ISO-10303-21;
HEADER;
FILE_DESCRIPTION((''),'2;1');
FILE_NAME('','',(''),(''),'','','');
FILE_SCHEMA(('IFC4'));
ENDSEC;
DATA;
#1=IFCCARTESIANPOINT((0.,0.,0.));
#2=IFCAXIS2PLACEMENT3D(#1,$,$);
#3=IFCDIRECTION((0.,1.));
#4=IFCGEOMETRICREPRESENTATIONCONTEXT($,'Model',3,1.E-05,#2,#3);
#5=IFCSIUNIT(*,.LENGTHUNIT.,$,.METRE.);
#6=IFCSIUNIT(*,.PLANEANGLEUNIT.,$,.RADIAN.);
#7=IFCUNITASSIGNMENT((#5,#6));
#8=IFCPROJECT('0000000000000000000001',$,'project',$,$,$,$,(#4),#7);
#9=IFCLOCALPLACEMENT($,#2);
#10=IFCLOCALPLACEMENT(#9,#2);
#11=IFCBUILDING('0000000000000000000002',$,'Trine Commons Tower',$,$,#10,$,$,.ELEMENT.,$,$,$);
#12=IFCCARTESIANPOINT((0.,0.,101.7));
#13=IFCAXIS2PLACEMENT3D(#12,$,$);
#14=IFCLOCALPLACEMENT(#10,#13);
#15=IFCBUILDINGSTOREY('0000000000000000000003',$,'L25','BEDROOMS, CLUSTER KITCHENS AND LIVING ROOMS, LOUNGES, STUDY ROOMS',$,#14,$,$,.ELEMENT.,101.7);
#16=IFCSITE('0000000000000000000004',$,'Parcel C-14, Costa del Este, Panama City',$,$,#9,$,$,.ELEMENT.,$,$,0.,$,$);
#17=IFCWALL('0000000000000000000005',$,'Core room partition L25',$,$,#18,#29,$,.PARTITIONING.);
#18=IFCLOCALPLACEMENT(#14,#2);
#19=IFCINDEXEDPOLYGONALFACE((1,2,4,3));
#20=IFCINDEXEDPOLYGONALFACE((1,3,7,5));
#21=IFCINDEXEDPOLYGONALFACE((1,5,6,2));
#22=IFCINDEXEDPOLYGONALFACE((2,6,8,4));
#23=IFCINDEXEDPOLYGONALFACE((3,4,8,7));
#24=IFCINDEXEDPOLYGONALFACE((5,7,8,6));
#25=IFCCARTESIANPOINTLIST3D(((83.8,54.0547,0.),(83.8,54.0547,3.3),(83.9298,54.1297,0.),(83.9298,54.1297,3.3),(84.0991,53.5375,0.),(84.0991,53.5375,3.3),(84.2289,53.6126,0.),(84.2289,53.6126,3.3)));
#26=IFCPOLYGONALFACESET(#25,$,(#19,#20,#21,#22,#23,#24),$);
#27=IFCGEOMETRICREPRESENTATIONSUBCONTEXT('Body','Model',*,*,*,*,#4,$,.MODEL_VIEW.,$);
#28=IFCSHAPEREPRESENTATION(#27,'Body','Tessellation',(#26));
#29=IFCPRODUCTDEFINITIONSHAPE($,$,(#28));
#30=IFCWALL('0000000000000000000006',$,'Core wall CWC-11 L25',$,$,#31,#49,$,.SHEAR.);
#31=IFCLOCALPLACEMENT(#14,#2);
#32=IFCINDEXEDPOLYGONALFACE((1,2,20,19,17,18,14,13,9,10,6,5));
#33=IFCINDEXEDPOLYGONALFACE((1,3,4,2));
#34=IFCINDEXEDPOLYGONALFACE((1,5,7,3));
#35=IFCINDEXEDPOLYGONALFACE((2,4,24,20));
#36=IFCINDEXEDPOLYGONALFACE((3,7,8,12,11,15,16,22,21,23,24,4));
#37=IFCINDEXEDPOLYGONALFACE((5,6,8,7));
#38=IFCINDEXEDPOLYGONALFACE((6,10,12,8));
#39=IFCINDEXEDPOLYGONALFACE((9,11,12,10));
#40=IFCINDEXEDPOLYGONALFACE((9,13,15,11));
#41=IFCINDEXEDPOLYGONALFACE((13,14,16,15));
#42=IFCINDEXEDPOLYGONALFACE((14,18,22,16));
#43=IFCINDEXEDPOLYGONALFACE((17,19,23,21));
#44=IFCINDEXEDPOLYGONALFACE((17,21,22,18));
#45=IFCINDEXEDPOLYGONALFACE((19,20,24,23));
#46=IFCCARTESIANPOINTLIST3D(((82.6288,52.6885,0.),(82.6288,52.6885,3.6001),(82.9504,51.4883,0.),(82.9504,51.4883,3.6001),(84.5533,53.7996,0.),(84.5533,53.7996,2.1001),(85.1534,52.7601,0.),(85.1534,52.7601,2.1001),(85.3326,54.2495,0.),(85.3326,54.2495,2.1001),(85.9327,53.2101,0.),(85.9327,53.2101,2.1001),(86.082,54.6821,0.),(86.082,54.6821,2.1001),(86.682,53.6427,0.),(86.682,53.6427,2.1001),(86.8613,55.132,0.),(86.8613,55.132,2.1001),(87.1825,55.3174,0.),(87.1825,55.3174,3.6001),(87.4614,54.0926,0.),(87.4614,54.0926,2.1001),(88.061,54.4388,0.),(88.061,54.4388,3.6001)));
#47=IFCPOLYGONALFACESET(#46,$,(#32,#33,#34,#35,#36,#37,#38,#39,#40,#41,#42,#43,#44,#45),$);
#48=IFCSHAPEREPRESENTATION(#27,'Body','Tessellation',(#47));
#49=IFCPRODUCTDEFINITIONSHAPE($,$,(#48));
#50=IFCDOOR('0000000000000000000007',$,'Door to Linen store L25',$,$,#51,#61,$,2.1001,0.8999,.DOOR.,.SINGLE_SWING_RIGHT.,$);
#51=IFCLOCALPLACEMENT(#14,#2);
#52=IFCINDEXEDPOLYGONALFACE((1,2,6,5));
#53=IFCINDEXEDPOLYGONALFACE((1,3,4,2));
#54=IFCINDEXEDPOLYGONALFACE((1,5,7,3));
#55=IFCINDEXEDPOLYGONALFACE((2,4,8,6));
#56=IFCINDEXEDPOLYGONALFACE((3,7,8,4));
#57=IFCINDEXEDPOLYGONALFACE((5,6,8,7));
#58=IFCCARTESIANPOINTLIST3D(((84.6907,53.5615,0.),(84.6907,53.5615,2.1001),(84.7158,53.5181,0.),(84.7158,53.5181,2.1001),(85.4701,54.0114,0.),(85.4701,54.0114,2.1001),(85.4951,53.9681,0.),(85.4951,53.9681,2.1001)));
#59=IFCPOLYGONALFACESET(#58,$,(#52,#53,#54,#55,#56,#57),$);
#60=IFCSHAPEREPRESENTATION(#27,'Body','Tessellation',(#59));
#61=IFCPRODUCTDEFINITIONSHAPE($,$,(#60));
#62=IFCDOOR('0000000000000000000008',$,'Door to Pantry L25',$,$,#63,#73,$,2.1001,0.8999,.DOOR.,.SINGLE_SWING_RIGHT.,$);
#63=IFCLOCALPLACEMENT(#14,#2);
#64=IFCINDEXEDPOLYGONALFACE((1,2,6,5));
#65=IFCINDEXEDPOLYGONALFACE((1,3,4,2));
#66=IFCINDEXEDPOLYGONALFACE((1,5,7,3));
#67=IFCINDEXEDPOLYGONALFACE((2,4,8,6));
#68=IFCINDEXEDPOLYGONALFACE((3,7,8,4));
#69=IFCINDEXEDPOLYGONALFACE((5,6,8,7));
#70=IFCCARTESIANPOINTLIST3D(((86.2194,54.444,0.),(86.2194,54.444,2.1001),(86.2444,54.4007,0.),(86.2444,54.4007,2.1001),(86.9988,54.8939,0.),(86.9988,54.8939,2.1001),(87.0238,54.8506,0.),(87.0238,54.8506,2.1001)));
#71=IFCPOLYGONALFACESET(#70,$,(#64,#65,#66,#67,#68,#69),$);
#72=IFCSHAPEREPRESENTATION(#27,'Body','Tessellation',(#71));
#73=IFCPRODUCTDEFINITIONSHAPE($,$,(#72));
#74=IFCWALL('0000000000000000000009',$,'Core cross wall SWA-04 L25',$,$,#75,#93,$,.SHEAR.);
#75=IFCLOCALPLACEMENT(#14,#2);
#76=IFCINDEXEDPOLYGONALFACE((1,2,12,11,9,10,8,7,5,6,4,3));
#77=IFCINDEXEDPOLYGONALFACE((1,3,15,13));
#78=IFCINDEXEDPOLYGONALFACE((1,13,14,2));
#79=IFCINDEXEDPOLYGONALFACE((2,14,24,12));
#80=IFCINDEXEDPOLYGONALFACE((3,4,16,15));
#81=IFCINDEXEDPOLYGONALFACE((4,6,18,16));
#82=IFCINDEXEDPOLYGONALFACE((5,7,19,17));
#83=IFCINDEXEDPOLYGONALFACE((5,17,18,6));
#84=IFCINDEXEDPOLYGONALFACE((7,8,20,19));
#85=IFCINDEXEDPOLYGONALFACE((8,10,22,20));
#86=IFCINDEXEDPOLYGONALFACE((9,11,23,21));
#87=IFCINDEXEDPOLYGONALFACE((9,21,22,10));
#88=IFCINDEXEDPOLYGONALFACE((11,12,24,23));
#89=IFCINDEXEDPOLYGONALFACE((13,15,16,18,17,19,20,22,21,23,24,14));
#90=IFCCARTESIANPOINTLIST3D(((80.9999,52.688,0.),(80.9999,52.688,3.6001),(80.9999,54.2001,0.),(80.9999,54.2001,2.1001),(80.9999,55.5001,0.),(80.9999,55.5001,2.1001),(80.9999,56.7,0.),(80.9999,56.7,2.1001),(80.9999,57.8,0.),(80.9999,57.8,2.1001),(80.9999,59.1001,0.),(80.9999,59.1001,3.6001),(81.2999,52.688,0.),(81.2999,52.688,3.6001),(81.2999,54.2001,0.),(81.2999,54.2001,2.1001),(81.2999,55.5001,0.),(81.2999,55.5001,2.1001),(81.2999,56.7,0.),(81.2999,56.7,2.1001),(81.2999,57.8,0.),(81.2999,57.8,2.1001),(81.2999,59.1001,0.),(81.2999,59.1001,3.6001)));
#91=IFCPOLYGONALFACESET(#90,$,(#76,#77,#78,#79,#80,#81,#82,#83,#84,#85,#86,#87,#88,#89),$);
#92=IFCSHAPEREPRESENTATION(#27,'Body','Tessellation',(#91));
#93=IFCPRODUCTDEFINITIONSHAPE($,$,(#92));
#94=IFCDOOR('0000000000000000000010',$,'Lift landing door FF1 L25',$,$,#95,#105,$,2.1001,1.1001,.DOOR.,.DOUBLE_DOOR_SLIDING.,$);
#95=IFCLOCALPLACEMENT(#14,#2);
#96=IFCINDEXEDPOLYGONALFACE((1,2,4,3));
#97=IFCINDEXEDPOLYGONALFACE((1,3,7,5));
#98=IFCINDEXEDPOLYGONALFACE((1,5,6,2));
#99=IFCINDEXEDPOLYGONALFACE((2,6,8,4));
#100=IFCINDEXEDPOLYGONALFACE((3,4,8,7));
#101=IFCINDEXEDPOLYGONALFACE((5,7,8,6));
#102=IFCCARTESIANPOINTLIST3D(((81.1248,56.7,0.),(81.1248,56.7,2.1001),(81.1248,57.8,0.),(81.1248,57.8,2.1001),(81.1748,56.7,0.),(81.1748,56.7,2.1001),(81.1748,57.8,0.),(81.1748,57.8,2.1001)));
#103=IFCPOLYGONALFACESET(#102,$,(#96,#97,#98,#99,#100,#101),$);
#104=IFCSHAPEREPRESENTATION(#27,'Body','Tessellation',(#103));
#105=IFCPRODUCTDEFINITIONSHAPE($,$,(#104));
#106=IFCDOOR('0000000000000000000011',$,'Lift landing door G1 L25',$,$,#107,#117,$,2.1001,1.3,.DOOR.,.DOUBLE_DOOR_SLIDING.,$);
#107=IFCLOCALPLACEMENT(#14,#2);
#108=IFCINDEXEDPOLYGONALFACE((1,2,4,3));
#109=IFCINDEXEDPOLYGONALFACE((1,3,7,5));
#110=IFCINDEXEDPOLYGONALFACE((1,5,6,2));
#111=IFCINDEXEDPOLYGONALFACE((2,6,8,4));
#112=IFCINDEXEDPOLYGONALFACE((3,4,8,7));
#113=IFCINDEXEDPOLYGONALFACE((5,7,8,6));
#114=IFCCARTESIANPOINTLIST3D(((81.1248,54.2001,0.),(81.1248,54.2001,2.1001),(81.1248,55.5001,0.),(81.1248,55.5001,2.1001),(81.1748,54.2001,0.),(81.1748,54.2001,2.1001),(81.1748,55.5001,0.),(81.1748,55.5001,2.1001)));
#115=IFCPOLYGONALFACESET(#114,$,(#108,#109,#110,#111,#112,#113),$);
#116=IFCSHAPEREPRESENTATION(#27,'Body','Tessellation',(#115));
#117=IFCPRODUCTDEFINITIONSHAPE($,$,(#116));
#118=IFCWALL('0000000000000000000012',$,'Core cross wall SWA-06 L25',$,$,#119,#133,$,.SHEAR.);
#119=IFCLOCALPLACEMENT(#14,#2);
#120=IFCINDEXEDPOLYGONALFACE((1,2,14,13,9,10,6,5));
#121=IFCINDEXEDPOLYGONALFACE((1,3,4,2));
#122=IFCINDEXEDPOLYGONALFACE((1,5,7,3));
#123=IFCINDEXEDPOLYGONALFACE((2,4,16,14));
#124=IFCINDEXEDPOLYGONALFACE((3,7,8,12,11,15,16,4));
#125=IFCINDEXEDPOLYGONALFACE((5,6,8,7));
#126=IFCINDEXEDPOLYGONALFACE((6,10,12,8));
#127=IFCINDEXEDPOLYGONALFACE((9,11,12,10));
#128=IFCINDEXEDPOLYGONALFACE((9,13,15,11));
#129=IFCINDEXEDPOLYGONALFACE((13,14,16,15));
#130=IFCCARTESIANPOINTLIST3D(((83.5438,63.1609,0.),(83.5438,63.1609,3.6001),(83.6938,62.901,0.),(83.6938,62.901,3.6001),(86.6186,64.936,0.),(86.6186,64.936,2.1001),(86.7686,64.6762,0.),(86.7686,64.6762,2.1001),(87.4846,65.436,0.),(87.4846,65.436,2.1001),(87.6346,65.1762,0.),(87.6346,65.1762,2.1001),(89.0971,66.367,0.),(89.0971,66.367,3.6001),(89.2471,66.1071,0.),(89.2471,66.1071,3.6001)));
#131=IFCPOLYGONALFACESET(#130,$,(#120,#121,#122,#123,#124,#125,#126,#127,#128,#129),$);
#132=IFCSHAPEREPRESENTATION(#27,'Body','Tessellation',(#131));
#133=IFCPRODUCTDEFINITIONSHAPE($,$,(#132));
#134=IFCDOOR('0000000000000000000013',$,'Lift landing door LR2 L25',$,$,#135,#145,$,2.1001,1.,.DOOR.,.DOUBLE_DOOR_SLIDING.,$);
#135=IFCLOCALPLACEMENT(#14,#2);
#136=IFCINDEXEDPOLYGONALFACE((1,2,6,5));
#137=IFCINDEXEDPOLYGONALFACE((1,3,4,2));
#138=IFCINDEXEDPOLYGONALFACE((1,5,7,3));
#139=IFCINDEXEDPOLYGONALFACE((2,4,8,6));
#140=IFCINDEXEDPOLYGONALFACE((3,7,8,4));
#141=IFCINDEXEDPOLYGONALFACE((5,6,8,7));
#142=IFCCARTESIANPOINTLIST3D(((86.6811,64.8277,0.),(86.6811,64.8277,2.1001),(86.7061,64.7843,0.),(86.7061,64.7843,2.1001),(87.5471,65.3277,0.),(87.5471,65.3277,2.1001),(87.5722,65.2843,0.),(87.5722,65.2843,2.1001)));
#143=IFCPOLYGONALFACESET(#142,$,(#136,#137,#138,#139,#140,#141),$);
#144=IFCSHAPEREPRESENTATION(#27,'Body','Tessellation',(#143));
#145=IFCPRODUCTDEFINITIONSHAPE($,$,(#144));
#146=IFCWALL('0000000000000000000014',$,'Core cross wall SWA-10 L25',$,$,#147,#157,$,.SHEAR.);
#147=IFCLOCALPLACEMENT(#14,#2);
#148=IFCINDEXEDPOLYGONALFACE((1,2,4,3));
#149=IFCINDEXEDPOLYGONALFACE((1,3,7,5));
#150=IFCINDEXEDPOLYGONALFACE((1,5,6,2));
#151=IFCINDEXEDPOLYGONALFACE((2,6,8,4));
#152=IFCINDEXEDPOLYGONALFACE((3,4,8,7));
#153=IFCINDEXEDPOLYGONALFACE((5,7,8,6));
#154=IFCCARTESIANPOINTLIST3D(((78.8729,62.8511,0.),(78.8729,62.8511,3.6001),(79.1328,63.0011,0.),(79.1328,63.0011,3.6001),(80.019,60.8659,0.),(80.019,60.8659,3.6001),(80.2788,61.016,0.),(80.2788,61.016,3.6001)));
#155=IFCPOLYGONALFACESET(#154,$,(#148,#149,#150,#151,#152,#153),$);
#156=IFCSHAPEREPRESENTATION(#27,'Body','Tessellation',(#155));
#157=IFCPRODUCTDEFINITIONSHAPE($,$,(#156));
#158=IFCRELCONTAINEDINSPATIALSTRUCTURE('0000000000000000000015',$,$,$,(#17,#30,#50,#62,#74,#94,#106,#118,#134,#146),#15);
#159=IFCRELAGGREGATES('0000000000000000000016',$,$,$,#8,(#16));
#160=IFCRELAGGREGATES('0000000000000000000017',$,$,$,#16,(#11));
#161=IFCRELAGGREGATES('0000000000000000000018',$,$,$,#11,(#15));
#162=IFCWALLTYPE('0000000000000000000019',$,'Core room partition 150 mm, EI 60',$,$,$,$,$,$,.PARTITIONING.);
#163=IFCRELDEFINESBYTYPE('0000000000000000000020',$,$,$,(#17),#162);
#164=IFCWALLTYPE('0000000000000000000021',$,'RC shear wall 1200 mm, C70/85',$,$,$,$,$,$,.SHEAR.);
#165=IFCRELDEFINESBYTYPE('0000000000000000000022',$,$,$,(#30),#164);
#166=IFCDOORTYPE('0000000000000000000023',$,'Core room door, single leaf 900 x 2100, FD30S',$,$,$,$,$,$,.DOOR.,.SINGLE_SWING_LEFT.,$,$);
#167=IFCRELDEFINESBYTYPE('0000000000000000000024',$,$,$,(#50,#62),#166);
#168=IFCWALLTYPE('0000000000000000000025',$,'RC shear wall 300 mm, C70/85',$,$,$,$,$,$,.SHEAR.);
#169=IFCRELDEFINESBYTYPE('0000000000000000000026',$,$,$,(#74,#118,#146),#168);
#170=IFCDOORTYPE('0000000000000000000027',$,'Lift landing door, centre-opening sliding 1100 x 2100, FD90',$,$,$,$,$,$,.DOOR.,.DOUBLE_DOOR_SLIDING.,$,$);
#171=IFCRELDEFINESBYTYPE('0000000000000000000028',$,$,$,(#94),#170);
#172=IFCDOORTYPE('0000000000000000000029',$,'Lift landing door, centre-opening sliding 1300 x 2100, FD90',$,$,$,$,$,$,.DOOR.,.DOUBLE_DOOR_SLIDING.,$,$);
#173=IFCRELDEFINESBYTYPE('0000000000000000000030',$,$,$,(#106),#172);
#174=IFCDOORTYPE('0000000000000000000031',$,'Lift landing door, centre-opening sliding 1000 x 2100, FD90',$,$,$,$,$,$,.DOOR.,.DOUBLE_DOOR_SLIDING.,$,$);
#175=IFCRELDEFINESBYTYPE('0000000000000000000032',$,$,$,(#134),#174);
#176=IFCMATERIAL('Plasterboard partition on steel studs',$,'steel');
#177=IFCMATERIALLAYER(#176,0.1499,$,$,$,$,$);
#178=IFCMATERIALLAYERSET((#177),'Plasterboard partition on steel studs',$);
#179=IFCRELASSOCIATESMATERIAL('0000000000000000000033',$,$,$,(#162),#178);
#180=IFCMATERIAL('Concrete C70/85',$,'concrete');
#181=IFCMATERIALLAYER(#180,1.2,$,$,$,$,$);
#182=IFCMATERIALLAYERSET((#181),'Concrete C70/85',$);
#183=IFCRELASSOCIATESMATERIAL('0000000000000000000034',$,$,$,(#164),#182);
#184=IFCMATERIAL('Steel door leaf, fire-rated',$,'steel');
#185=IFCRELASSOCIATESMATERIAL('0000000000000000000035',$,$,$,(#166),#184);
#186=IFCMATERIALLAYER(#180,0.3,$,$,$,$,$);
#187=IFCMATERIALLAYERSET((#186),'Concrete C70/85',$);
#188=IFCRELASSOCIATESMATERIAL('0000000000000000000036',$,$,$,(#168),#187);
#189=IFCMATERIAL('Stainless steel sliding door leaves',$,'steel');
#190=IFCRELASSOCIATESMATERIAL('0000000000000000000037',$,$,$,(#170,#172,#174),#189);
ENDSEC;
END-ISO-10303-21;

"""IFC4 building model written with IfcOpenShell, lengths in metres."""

from ifc_helpers import new_model, si_unit, direction, frame, frame_2d, origin, place, context, subcontext, project, spatial, polyline, rectangle, outline, extrude, material, layer, layer_set, type_object, element, fill, save


model = new_model("IFC4")

# Units and contexts
model_context = context("Model", 3, precision=1e-05, world=origin(), true_north=direction((0.0, 1.0)))
body_context = subcontext(model_context, "Body", "Model", "MODEL_VIEW")
ifc_project = project(units=[si_unit("LENGTHUNIT", "METRE"), si_unit("PLANEANGLEUNIT", "RADIAN")], contexts=[model_context])

# Site, building, storey
site_placement = place(None, origin())
site = spatial("IfcSite", under=ifc_project, at=site_placement, Name="Parcel C-14, Costa del Este, Panama City", CompositionType="ELEMENT", RefElevation=0.0)
building_placement = place(site_placement, origin())
building = spatial("IfcBuilding", under=site, at=building_placement, Name="Trine Commons Tower", CompositionType="ELEMENT")
storey_placement = place(building_placement, frame((0.0, 0.0, 101.7)))
storey = spatial("IfcBuildingStorey", under=building, at=storey_placement, Name="L25", Description="BEDROOMS, CLUSTER KITCHENS AND LIVING ROOMS, LOUNGES, STUDY ROOMS", CompositionType="ELEMENT", Elevation=101.7)

# Wall
ifc_material_1 = material(Name="Plasterboard partition on steel studs", Category="steel")
ifc_layer_1 = layer(ifc_material_1, 0.1499)
ifc_layer_set_1 = layer_set([ifc_layer_1], Name="Plasterboard partition on steel studs")
wall_type_1 = type_object("IfcWallType", Name="Core room partition 150 mm, EI 60", PredefinedType="PARTITIONING", material=ifc_layer_set_1)
wall_1_placement = place(storey_placement, frame((84.1641, 53.575, 0.0), z_axis=(0.0, 0.0, 1.0), x_axis=(-0.500666, 0.865641, 0.0)))
element("IfcWall", 1, at=wall_1_placement, inside=storey, type_object=wall_type_1, Name="Core room partition L25", PredefinedType="PARTITIONING", context=body_context, shape_type="SweptSolid", body=[
    extrude(rectangle(XDim=0.5974, YDim=0.1499, at=frame_2d((0.2988, 0.0))), origin(), (0.0, 0.0, 1.0), 3.3),
])

# Walls, openings, doors
ifc_material_2 = material(Name="Concrete C70/85", Category="concrete")
ifc_layer_2 = layer(ifc_material_2, 1.2)
ifc_layer_set_2 = layer_set([ifc_layer_2], Name="Concrete C70/85")
wall_type_2 = type_object("IfcWallType", Name="RC shear wall 1200 mm, C70/85", PredefinedType="SHEAR", material=ifc_layer_set_2)
wall_2_placement = place(storey_placement, frame((82.6504, 52.0081, 0.0), z_axis=(0.0, 0.0, 1.0), x_axis=(0.866037, 0.499979, 0.0)))
wall_2 = element("IfcWall", 2, at=wall_2_placement, inside=storey, type_object=wall_type_2, Name="Core wall CWC-11 L25", PredefinedType="SHEAR", context=body_context, shape_type="SweptSolid", body=[
    extrude(outline(polyline([(0.0, -0.6001), (5.9011, -0.6001), (5.5796, 0.6001), (0.3215, 0.6001), (0.0, -0.6001)])), origin(), (0.0, 0.0, 1.0), 3.6001),
])
opening_1_placement = place(wall_2_placement, frame((2.5437, 0.0, 0.0)))
opening_1 = element("IfcOpeningElement", 3, at=opening_1_placement, cuts=wall_2, PredefinedType="OPENING", context=body_context, shape_type="SweptSolid", body=[
    extrude(rectangle(XDim=0.8999, YDim=2.1001, at=frame_2d((0.45, 1.05))), frame((0.0, 0.6099, 0.0), z_axis=(0.0, -1.0, 0.0), x_axis=(1.0, 0.0, 0.0)), (0.0, 0.0, 1.0), 1.22),
])
opening_2_placement = place(wall_2_placement, frame((4.3088, 0.0, 0.0)))
opening_2 = element("IfcOpeningElement", 4, at=opening_2_placement, cuts=wall_2, PredefinedType="OPENING", context=body_context, shape_type="SweptSolid", body=[
    extrude(rectangle(XDim=0.8999, YDim=2.1001, at=frame_2d((0.45, 1.05))), frame((0.0, 0.6099, 0.0), z_axis=(0.0, -1.0, 0.0), x_axis=(1.0, 0.0, 0.0)), (0.0, 0.0, 1.0), 1.22),
])
ifc_material_3 = material(Name="Steel door leaf, fire-rated", Category="steel")
door_type_1 = type_object("IfcDoorType", Name="Core room door, single leaf 900 x 2100, FD30S", OperationType="SINGLE_SWING_LEFT", PredefinedType="DOOR", material=ifc_material_3)
door_1_placement = place(opening_1_placement, origin())
door_1 = element("IfcDoor", 5, at=door_1_placement, inside=storey, type_object=door_type_1, Name="Door to Linen store L25", OperationType="SINGLE_SWING_RIGHT", OverallHeight=2.1001, OverallWidth=0.8999, PredefinedType="DOOR", context=body_context, shape_type="SweptSolid", body=[
    extrude(rectangle(XDim=0.8999, YDim=2.1001, at=frame_2d((0.45, 1.05))), frame((0.0, 0.3252, 0.0), z_axis=(0.0, -1.0, 0.0), x_axis=(1.0, 0.0, 0.0)), (0.0, 0.0, 1.0), 0.05),
])
fill(opening_1, door_1)
door_2_placement = place(opening_2_placement, origin())
door_2 = element("IfcDoor", 6, at=door_2_placement, inside=storey, type_object=door_type_1, Name="Door to Pantry L25", OperationType="SINGLE_SWING_RIGHT", OverallHeight=2.1001, OverallWidth=0.8999, PredefinedType="DOOR", context=body_context, shape_type="SweptSolid", body=[
    extrude(rectangle(XDim=0.8999, YDim=2.1001, at=frame_2d((0.45, 1.05))), frame((0.0, 0.3252, 0.0), z_axis=(0.0, -1.0, 0.0), x_axis=(1.0, 0.0, 0.0)), (0.0, 0.0, 1.0), 0.05),
])
fill(opening_2, door_2)
ifc_layer_3 = layer(ifc_material_2, 0.3)
ifc_layer_set_3 = layer_set([ifc_layer_3], Name="Concrete C70/85")
wall_type_3 = type_object("IfcWallType", Name="RC shear wall 300 mm, C70/85", PredefinedType="SHEAR", material=ifc_layer_set_3)
wall_3_placement = place(storey_placement, frame((81.1499, 59.1001, 0.0), z_axis=(0.0, 0.0, 1.0), x_axis=(0.0, -1.0, 0.0)))
wall_3 = element("IfcWall", 7, at=wall_3_placement, inside=storey, type_object=wall_type_3, Name="Core cross wall SWA-04 L25", PredefinedType="SHEAR", context=body_context, shape_type="SweptSolid", body=[
    extrude(rectangle(XDim=6.4121, YDim=0.3, at=frame_2d((3.2061, 0.0))), origin(), (0.0, 0.0, 1.0), 3.6001),
])
opening_3_placement = place(wall_3_placement, frame((3.6001, 0.0, 0.0)))
opening_3 = element("IfcOpeningElement", 8, at=opening_3_placement, cuts=wall_3, PredefinedType="OPENING", context=body_context, shape_type="SweptSolid", body=[
    extrude(rectangle(XDim=1.3, YDim=2.1001, at=frame_2d((0.6499, 1.05))), frame((0.0, 0.1599, 0.0), z_axis=(0.0, -1.0, 0.0), x_axis=(1.0, 0.0, 0.0)), (0.0, 0.0, 1.0), 0.3201),
])
opening_4_placement = place(wall_3_placement, frame((1.3, 0.0, 0.0)))
opening_4 = element("IfcOpeningElement", 9, at=opening_4_placement, cuts=wall_3, PredefinedType="OPENING", context=body_context, shape_type="SweptSolid", body=[
    extrude(rectangle(XDim=1.1001, YDim=2.1001, at=frame_2d((0.55, 1.05))), frame((0.0, 0.1599, 0.0), z_axis=(0.0, -1.0, 0.0), x_axis=(1.0, 0.0, 0.0)), (0.0, 0.0, 1.0), 0.3201),
])
ifc_material_4 = material(Name="Stainless steel sliding door leaves", Category="steel")
door_type_2 = type_object("IfcDoorType", Name="Lift landing door, centre-opening sliding 1100 x 2100, FD90", OperationType="DOUBLE_DOOR_SLIDING", PredefinedType="DOOR", material=ifc_material_4)
door_3_placement = place(opening_4_placement, origin())
door_3 = element("IfcDoor", 10, at=door_3_placement, inside=storey, type_object=door_type_2, Name="Lift landing door FF1 L25", OperationType="DOUBLE_DOOR_SLIDING", OverallHeight=2.1001, OverallWidth=1.1001, PredefinedType="DOOR", context=body_context, shape_type="SweptSolid", body=[
    extrude(rectangle(XDim=1.1001, YDim=2.1001, at=frame_2d((0.55, 1.05))), frame((0.0, 0.0249, 0.0), z_axis=(0.0, -1.0, 0.0), x_axis=(1.0, 0.0, 0.0)), (0.0, 0.0, 1.0), 0.05),
])
fill(opening_4, door_3)
door_type_3 = type_object("IfcDoorType", Name="Lift landing door, centre-opening sliding 1300 x 2100, FD90", OperationType="DOUBLE_DOOR_SLIDING", PredefinedType="DOOR", material=ifc_material_4)
door_4_placement = place(opening_3_placement, origin())
door_4 = element("IfcDoor", 11, at=door_4_placement, inside=storey, type_object=door_type_3, Name="Lift landing door G1 L25", OperationType="DOUBLE_DOOR_SLIDING", OverallHeight=2.1001, OverallWidth=1.3, PredefinedType="DOOR", context=body_context, shape_type="SweptSolid", body=[
    extrude(rectangle(XDim=1.3, YDim=2.1001, at=frame_2d((0.6499, 1.05))), frame((0.0, 0.0249, 0.0), z_axis=(0.0, -1.0, 0.0), x_axis=(1.0, 0.0, 0.0)), (0.0, 0.0, 1.0), 0.05),
])
fill(opening_3, door_4)

# Wall, opening, door
wall_4_placement = place(storey_placement, frame((83.6189, 63.031, 0.0), z_axis=(0.0, 0.0, 1.0), x_axis=(0.866032, 0.499988, 0.0)))
wall_4 = element("IfcWall", 12, at=wall_4_placement, inside=storey, type_object=wall_type_3, Name="Core cross wall SWA-06 L25", PredefinedType="SHEAR", context=body_context, shape_type="SweptSolid", body=[
    extrude(rectangle(XDim=6.4124, YDim=0.3, at=frame_2d((3.2061, 0.0))), origin(), (0.0, 0.0, 1.0), 3.6001),
])
opening_5_placement = place(wall_4_placement, frame((3.5503, 0.0, 0.0)))
opening_5 = element("IfcOpeningElement", 13, at=opening_5_placement, cuts=wall_4, PredefinedType="OPENING", context=body_context, shape_type="SweptSolid", body=[
    extrude(rectangle(XDim=1.0, YDim=2.1001, at=frame_2d((0.5, 1.05))), frame((0.0, 0.1599, 0.0), z_axis=(0.0, -1.0, 0.0), x_axis=(1.0, 0.0, 0.0)), (0.0, 0.0, 1.0), 0.3201),
])
door_type_4 = type_object("IfcDoorType", Name="Lift landing door, centre-opening sliding 1000 x 2100, FD90", OperationType="DOUBLE_DOOR_SLIDING", PredefinedType="DOOR", material=ifc_material_4)
door_5_placement = place(opening_5_placement, origin())
door_5 = element("IfcDoor", 14, at=door_5_placement, inside=storey, type_object=door_type_4, Name="Lift landing door LR2 L25", OperationType="DOUBLE_DOOR_SLIDING", OverallHeight=2.1001, OverallWidth=1.0, PredefinedType="DOOR", context=body_context, shape_type="SweptSolid", body=[
    extrude(rectangle(XDim=1.0, YDim=2.1001, at=frame_2d((0.5, 1.05))), frame((0.0, 0.0249, 0.0), z_axis=(0.0, -1.0, 0.0), x_axis=(1.0, 0.0, 0.0)), (0.0, 0.0, 1.0), 0.05),
])
fill(opening_5, door_5)

# Wall
wall_5_placement = place(storey_placement, frame((79.0029, 62.926, 0.0), z_axis=(0.0, 0.0, 1.0), x_axis=(0.499965, -0.866045, 0.0)))
element("IfcWall", 15, at=wall_5_placement, inside=storey, type_object=wall_type_3, Name="Core cross wall SWA-10 L25", PredefinedType="SHEAR", context=body_context, shape_type="SweptSolid", body=[
    extrude(rectangle(XDim=2.2922, YDim=0.3, at=frame_2d((1.146, 0.0))), origin(), (0.0, 0.0, 1.0), 3.6001),
])

save(model, "model.ifc")
